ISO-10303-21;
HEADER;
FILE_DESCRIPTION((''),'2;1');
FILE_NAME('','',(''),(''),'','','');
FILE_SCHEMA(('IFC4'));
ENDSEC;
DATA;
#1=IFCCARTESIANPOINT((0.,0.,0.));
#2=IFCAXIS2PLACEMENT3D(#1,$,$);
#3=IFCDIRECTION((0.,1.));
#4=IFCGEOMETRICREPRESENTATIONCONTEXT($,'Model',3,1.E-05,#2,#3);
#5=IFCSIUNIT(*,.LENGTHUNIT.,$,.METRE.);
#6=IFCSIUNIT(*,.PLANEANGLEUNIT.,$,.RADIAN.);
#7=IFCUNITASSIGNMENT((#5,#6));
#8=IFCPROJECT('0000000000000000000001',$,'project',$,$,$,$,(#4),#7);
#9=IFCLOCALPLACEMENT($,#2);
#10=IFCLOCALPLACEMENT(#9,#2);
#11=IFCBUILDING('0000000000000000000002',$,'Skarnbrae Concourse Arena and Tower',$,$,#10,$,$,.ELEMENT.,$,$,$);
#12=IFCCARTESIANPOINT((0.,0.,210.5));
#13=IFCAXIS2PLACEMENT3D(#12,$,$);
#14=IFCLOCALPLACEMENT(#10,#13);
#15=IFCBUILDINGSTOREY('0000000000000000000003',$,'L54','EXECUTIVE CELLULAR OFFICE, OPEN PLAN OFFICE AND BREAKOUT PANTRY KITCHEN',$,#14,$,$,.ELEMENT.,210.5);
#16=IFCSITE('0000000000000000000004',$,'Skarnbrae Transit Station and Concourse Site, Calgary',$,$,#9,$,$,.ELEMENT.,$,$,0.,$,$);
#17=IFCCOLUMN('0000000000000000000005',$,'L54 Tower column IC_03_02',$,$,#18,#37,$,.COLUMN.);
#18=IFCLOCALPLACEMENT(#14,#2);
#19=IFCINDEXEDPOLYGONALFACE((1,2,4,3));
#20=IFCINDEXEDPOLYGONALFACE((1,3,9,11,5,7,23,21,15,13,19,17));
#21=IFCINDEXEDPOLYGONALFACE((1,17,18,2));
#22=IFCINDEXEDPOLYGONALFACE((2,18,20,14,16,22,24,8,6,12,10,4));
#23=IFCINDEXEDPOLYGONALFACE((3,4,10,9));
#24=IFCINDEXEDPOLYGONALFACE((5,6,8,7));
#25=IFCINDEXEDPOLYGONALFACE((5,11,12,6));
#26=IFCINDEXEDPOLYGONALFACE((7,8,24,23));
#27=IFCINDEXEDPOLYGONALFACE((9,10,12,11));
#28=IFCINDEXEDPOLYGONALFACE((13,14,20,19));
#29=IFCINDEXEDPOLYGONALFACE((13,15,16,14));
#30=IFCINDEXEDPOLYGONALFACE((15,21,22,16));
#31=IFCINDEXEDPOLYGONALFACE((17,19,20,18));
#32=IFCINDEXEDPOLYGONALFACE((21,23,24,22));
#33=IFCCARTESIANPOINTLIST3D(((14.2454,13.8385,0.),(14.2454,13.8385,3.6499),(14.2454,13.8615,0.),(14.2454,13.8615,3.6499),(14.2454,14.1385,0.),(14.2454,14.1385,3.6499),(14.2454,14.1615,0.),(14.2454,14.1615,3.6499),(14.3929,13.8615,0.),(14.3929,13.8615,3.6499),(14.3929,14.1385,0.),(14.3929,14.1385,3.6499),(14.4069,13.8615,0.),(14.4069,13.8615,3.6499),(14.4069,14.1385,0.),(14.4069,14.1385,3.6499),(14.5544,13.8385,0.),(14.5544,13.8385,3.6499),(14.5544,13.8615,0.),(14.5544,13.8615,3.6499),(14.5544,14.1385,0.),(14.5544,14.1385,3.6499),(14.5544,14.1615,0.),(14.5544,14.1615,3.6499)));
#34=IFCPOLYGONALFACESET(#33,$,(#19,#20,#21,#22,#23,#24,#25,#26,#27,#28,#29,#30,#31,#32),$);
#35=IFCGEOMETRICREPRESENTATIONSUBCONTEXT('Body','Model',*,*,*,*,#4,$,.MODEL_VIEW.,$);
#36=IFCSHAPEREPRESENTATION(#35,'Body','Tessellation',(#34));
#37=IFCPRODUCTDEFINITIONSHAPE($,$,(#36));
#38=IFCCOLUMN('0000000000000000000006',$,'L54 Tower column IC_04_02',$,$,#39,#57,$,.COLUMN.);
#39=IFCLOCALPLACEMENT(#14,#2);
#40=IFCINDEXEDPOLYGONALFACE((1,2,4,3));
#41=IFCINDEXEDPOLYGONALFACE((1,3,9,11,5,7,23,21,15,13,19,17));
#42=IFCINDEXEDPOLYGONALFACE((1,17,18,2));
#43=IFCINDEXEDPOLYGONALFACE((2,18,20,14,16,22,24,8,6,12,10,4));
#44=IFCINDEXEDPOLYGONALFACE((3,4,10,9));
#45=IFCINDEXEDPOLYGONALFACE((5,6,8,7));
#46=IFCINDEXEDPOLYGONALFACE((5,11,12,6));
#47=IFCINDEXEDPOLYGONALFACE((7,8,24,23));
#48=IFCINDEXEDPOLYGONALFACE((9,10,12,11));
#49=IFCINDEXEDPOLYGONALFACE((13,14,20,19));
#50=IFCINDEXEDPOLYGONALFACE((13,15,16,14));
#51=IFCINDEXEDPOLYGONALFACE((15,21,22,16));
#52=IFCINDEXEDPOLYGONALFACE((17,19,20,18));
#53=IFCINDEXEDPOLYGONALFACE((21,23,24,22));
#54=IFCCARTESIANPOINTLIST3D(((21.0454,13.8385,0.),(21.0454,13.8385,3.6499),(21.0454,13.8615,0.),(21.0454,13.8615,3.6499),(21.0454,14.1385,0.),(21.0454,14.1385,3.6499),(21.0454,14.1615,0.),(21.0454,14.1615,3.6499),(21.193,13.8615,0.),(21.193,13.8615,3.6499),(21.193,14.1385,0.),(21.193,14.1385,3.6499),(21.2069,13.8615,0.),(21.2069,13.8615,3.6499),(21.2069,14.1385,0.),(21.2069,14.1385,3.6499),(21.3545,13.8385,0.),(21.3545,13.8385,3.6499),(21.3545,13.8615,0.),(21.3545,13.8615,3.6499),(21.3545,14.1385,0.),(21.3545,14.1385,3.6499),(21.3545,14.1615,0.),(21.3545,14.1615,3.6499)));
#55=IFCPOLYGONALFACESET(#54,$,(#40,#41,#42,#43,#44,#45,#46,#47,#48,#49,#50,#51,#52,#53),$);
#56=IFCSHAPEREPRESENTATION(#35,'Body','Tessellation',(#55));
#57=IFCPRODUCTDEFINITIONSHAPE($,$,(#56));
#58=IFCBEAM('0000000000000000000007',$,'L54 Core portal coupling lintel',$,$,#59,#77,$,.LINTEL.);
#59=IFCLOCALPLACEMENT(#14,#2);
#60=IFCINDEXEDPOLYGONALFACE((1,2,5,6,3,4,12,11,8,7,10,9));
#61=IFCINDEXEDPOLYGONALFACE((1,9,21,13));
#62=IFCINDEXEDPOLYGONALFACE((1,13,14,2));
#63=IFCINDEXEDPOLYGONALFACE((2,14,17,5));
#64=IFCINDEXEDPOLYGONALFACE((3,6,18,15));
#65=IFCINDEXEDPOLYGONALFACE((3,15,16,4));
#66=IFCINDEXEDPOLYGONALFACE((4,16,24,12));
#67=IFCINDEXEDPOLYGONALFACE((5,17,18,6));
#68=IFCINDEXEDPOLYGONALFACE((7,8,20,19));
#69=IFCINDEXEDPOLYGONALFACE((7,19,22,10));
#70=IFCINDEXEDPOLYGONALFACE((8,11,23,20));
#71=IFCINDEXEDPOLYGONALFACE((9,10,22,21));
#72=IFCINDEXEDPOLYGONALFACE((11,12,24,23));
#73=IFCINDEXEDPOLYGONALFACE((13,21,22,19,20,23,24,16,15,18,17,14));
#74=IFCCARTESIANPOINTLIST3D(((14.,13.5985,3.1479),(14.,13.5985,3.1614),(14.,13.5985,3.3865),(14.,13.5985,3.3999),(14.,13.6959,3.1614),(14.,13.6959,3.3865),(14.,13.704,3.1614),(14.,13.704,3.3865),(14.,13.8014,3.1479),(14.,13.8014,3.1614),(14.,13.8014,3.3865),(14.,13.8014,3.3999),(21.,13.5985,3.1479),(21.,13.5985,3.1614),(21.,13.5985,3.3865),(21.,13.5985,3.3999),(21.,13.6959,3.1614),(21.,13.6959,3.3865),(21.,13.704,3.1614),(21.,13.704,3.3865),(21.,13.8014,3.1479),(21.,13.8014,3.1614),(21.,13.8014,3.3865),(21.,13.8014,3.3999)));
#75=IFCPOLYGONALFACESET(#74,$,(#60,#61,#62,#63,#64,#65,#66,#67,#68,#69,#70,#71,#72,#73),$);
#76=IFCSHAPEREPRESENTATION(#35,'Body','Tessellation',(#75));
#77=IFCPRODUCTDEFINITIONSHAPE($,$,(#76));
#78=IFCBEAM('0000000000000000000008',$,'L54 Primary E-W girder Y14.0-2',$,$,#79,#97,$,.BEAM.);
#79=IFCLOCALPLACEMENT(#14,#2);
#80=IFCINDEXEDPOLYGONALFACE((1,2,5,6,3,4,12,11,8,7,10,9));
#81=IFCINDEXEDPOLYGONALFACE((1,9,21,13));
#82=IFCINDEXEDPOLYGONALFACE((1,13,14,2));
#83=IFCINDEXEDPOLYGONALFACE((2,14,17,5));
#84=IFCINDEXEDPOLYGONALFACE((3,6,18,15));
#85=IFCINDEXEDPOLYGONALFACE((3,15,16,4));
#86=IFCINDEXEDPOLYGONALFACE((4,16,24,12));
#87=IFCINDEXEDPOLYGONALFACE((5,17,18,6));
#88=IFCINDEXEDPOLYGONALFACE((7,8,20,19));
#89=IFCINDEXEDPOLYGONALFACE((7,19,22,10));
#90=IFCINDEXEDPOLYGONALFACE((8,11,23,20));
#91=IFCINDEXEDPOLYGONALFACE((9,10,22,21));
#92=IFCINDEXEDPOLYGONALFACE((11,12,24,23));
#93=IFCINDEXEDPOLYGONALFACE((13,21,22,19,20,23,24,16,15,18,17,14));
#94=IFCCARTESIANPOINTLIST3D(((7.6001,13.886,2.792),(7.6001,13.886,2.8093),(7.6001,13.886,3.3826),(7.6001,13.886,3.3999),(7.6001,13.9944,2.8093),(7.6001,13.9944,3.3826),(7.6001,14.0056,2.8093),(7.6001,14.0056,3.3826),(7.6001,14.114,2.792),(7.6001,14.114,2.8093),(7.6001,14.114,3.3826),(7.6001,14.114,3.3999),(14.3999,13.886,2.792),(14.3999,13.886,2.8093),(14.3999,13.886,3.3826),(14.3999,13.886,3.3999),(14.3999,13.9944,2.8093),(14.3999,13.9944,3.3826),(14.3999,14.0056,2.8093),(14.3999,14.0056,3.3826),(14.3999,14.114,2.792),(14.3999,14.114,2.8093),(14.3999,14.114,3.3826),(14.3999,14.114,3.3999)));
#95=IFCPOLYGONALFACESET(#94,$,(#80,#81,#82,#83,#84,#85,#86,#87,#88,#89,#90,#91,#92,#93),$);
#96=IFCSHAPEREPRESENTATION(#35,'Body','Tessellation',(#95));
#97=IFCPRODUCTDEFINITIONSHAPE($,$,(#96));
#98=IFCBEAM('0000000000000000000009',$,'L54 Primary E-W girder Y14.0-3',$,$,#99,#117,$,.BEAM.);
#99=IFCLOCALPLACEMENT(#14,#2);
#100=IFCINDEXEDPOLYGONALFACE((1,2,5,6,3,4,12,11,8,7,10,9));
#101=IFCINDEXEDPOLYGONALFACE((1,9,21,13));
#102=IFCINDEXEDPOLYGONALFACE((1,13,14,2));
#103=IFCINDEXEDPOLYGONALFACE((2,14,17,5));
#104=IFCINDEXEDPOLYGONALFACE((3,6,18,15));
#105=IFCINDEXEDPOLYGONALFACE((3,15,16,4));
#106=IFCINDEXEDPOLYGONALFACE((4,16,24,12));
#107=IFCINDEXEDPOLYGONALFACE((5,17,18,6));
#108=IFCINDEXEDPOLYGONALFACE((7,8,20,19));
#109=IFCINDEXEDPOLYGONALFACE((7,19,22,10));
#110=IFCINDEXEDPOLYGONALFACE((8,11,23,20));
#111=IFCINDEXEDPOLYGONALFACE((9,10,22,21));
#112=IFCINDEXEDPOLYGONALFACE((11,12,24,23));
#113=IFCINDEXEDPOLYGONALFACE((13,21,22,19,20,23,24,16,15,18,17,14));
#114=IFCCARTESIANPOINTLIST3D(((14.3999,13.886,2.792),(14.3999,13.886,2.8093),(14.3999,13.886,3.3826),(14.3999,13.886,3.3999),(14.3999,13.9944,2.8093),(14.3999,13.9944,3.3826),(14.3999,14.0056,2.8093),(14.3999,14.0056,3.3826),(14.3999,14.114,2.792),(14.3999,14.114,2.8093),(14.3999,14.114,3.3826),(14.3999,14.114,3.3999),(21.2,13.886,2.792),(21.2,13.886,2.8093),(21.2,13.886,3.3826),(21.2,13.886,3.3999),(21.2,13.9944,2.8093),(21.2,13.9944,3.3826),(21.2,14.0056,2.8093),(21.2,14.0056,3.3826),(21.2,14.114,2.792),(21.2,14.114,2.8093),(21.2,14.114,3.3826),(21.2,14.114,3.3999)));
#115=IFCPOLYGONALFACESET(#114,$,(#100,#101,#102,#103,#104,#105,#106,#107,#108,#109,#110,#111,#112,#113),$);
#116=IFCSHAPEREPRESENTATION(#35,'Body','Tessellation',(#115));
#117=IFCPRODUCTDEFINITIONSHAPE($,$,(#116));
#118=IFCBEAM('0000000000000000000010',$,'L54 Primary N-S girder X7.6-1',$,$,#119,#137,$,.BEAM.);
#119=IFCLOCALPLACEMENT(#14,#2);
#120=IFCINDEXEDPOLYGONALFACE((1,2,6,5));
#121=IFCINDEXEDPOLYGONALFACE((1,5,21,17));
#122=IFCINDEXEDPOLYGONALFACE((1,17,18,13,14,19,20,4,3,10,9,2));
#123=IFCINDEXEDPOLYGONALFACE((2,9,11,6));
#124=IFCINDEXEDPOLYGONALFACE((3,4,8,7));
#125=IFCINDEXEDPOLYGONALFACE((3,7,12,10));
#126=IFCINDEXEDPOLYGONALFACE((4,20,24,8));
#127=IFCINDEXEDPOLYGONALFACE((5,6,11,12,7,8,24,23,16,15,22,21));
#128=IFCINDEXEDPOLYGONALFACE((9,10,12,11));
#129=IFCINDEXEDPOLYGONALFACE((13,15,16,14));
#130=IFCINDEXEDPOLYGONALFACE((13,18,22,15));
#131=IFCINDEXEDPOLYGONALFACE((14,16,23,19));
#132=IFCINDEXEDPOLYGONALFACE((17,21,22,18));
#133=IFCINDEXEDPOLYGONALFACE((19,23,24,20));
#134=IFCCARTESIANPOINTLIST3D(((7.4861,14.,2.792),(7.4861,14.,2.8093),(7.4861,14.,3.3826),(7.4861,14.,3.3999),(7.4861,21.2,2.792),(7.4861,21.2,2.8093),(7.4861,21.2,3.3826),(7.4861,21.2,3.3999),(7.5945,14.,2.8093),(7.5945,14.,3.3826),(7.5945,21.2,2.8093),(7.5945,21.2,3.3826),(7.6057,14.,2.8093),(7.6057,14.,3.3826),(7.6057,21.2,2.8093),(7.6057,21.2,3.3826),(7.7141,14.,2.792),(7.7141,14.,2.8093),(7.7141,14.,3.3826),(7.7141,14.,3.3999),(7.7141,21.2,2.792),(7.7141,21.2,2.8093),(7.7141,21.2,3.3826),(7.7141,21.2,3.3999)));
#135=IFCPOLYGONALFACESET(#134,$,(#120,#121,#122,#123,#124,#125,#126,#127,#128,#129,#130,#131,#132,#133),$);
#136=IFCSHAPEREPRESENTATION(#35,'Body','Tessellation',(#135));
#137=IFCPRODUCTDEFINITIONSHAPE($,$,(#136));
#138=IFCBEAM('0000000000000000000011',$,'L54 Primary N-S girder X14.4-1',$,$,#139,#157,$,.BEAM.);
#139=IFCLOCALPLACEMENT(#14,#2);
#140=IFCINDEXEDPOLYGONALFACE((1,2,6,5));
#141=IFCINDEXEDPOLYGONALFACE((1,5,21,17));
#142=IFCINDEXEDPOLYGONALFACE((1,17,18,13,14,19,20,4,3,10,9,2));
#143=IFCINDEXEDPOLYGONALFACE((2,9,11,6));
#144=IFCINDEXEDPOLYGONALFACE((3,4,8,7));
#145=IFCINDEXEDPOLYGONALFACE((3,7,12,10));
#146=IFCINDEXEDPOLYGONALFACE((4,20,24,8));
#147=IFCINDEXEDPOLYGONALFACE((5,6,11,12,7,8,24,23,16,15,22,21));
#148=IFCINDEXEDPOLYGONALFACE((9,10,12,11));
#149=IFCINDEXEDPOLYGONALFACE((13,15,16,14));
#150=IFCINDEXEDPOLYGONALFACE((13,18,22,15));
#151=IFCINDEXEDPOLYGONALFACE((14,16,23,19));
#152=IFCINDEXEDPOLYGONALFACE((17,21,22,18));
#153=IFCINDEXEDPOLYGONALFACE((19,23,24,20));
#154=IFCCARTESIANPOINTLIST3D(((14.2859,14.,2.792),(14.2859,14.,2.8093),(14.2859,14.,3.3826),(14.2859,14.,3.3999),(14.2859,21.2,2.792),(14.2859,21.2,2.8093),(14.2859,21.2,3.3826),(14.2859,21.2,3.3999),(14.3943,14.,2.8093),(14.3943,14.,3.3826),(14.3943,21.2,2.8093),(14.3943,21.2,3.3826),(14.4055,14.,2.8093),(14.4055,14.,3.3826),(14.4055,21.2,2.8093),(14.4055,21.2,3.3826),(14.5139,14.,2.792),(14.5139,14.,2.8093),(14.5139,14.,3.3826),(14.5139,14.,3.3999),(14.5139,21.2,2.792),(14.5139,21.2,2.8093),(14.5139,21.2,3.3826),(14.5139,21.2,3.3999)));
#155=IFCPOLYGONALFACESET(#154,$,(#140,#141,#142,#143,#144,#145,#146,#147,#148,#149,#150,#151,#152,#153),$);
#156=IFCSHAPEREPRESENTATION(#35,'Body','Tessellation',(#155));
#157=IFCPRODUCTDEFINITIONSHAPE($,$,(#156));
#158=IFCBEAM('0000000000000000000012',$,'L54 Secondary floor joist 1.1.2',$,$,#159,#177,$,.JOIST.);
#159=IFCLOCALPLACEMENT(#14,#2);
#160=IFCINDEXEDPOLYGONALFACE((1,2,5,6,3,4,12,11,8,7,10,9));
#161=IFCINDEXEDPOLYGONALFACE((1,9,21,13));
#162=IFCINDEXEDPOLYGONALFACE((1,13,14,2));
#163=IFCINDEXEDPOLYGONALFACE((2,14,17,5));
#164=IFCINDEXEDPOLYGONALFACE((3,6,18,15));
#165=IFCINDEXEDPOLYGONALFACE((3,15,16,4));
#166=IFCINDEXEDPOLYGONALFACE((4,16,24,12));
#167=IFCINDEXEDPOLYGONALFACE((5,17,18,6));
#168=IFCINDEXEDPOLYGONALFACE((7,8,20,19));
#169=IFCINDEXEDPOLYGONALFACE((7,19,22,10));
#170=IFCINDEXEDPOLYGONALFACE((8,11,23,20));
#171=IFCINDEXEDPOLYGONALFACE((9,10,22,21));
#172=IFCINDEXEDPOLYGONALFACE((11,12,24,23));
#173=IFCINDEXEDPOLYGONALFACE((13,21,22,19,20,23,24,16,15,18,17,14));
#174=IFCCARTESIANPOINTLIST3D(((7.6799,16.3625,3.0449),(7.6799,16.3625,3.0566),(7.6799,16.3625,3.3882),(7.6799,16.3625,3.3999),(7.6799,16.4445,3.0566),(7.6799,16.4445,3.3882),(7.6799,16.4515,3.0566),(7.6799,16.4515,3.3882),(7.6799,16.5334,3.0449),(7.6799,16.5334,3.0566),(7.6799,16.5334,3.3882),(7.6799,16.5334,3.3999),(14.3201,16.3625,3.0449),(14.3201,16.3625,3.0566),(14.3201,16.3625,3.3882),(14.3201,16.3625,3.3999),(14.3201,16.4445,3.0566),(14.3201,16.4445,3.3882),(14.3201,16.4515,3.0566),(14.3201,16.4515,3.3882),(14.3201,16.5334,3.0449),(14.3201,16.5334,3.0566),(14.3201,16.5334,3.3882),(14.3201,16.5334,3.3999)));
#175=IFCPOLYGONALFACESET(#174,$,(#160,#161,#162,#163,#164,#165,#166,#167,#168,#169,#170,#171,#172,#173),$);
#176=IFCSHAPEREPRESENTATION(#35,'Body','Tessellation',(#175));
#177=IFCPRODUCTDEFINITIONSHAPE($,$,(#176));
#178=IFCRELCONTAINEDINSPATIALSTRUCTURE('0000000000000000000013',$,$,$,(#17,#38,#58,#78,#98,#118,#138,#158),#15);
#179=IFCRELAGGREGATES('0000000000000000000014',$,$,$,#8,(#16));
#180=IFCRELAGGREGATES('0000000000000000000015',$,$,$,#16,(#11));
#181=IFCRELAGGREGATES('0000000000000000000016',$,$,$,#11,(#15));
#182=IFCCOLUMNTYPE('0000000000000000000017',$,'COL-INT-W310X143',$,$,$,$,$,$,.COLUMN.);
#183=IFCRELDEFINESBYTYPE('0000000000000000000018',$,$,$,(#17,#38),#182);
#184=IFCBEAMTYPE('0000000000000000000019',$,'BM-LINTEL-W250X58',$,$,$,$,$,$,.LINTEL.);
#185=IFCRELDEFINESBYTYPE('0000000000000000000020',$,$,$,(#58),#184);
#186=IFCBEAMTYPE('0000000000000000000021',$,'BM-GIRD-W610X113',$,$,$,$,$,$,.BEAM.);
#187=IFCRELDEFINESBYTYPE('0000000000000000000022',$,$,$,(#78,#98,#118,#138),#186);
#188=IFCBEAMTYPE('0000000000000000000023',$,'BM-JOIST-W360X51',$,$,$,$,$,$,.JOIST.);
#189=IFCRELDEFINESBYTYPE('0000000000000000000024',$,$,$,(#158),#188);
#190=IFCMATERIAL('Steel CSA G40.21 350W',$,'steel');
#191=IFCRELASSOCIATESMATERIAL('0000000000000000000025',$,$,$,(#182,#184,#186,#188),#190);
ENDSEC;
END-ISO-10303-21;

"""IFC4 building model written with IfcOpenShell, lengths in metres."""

from ifc_helpers import new_model, si_unit, direction, frame, origin, origin_2d, place, context, subcontext, project, spatial, i_section, extrude, source, transform, mapped, material, material_profile, profile_set, type_object, element, save


model = new_model("IFC4")

# Units and contexts
model_context = context("Model", 3, precision=1e-05, world=origin(), true_north=direction((0.0, 1.0)))
body_context = subcontext(model_context, "Body", "Model", "MODEL_VIEW")
ifc_project = project(units=[si_unit("LENGTHUNIT", "METRE"), si_unit("PLANEANGLEUNIT", "RADIAN")], contexts=[model_context])

# Site, building, storey
site_placement = place(None, origin())
site = spatial("IfcSite", under=ifc_project, at=site_placement, Name="Skarnbrae Transit Station and Concourse Site, Calgary", CompositionType="ELEMENT", RefElevation=0.0)
building_placement = place(site_placement, origin())
building = spatial("IfcBuilding", under=site, at=building_placement, Name="Skarnbrae Concourse Arena and Tower", CompositionType="ELEMENT")
storey_placement = place(building_placement, frame((0.0, 0.0, 210.5)))
storey = spatial("IfcBuildingStorey", under=building, at=storey_placement, Name="L54", Description="EXECUTIVE CELLULAR OFFICE, OPEN PLAN OFFICE AND BREAKOUT PANTRY KITCHEN", CompositionType="ELEMENT", Elevation=210.5)

# Columns
ifc_material_1 = material(Name="Steel CSA G40.21 350W", Category="steel")
ifc_material_profile_1 = material_profile(ifc_material_1, i_section(OverallWidth=0.3091, OverallDepth=0.323, WebThickness=0.0139, FlangeThickness=0.0229, at=origin_2d()), Name="W310X143")
ifc_profile_set_1 = profile_set([ifc_material_profile_1], Name="Steel CSA G40.21 350W")
column_type = type_object("IfcColumnType", Name="COL-INT-W310X143", PredefinedType="COLUMN", material=ifc_profile_set_1)
shared_shape_1 = source(origin(), body_context, "Body", "SweptSolid", [
    extrude(i_section(OverallWidth=0.3091, OverallDepth=0.323, WebThickness=0.0139, FlangeThickness=0.0229, at=origin_2d()), origin(), (0.0, 0.0, 1.0), 3.6499),
])
for number, where, z_axis, x_axis, name in (
    (1, (14.3999, 14.0, 0.0), (0.0, 0.0, 1.0), (1.0, 0.0, 0.0), "L54 Tower column IC_03_02"),
    (2, (21.2, 14.0, 0.0), (0.0, 0.0, 1.0), (1.0, 0.0, 0.0), "L54 Tower column IC_04_02"),
):
    element("IfcColumn", number, at=place(storey_placement, frame(where, z_axis=z_axis, x_axis=x_axis)), inside=storey, type_object=column_type, Name=name, PredefinedType="COLUMN", context=body_context, shape_type="MappedRepresentation", body=[
        mapped(shared_shape_1, transform((0.0, 0.0, 0.0))),
    ])

# Beams
ifc_material_profile_2 = material_profile(ifc_material_1, i_section(OverallWidth=0.2029, OverallDepth=0.252, WebThickness=0.0081, FlangeThickness=0.0134, at=origin_2d()), Name="W250X58")
ifc_profile_set_2 = profile_set([ifc_material_profile_2], Name="Steel CSA G40.21 350W")
beam_type_1 = type_object("IfcBeamType", Name="BM-LINTEL-W250X58", PredefinedType="LINTEL", material=ifc_profile_set_2)
shared_shape_2 = source(origin(), body_context, "Body", "SweptSolid", [
    extrude(i_section(OverallWidth=0.2029, OverallDepth=0.252, WebThickness=0.0081, FlangeThickness=0.0134, at=origin_2d()), origin(), (0.0, 0.0, 1.0), 7.0),
])
beam_1_placement = place(storey_placement, frame((14.0, 13.7, 3.2739), z_axis=(1.0, 0.0, 0.0), x_axis=(0.0, 1.0, 0.0)))
element("IfcBeam", 3, at=beam_1_placement, inside=storey, type_object=beam_type_1, Name="L54 Core portal coupling lintel", PredefinedType="LINTEL", context=body_context, shape_type="MappedRepresentation", body=[
    mapped(shared_shape_2, transform((0.0, 0.0, 0.0))),
])
ifc_material_profile_3 = material_profile(ifc_material_1, i_section(OverallWidth=0.228, OverallDepth=0.6079, WebThickness=0.0112, FlangeThickness=0.0173, at=origin_2d()), Name="W610X113")
ifc_profile_set_3 = profile_set([ifc_material_profile_3], Name="Steel CSA G40.21 350W")
beam_type_2 = type_object("IfcBeamType", Name="BM-GIRD-W610X113", PredefinedType="BEAM", material=ifc_profile_set_3)
shared_shape_3 = source(origin(), body_context, "Body", "SweptSolid", [
    extrude(i_section(OverallWidth=0.228, OverallDepth=0.6079, WebThickness=0.0112, FlangeThickness=0.0173, at=origin_2d()), origin(), (0.0, 0.0, 1.0), 6.7998),
])
beam_2_placement = place(storey_placement, frame((7.6001, 14.0, 3.0959), z_axis=(1.0, 0.0, 0.0), x_axis=(0.0, 1.0, 0.0)))
element("IfcBeam", 4, at=beam_2_placement, inside=storey, type_object=beam_type_2, Name="L54 Primary E-W girder Y14.0-2", PredefinedType="BEAM", context=body_context, shape_type="MappedRepresentation", body=[
    mapped(shared_shape_3, transform((0.0, 0.0, 0.0))),
])
shared_shape_4 = source(origin(), body_context, "Body", "SweptSolid", [
    extrude(i_section(OverallWidth=0.228, OverallDepth=0.6079, WebThickness=0.0112, FlangeThickness=0.0173, at=origin_2d()), origin(), (0.0, 0.0, 1.0), 6.8),
])
beam_3_placement = place(storey_placement, frame((14.3999, 14.0, 3.0959), z_axis=(1.0, 0.0, 0.0), x_axis=(0.0, 1.0, 0.0)))
element("IfcBeam", 5, at=beam_3_placement, inside=storey, type_object=beam_type_2, Name="L54 Primary E-W girder Y14.0-3", PredefinedType="BEAM", context=body_context, shape_type="MappedRepresentation", body=[
    mapped(shared_shape_4, transform((0.0, 0.0, 0.0))),
])
shared_shape_5 = source(origin(), body_context, "Body", "SweptSolid", [
    extrude(i_section(OverallWidth=0.228, OverallDepth=0.6079, WebThickness=0.0112, FlangeThickness=0.0173, at=origin_2d()), origin(), (0.0, 0.0, 1.0), 7.2),
])
for number, where, z_axis, x_axis, name in (
    (6, (7.6001, 14.0, 3.0959), (0.0, 1.0, 0.0), (-1.0, 0.0, 0.0), "L54 Primary N-S girder X7.6-1"),
    (7, (14.3999, 14.0, 3.0959), (0.0, 1.0, 0.0), (-1.0, 0.0, 0.0), "L54 Primary N-S girder X14.4-1"),
):
    element("IfcBeam", number, at=place(storey_placement, frame(where, z_axis=z_axis, x_axis=x_axis)), inside=storey, type_object=beam_type_2, Name=name, PredefinedType="BEAM", context=body_context, shape_type="MappedRepresentation", body=[
        mapped(shared_shape_5, transform((0.0, 0.0, 0.0))),
    ])
ifc_material_profile_4 = material_profile(ifc_material_1, i_section(OverallWidth=0.1709, OverallDepth=0.355, WebThickness=0.0071, FlangeThickness=0.0117, at=origin_2d()), Name="W360X51")
ifc_profile_set_4 = profile_set([ifc_material_profile_4], Name="Steel CSA G40.21 350W")
beam_type_3 = type_object("IfcBeamType", Name="BM-JOIST-W360X51", PredefinedType="JOIST", material=ifc_profile_set_4)
shared_shape_6 = source(origin(), body_context, "Body", "SweptSolid", [
    extrude(i_section(OverallWidth=0.1709, OverallDepth=0.355, WebThickness=0.0071, FlangeThickness=0.0117, at=origin_2d()), origin(), (0.0, 0.0, 1.0), 6.6401),
])
for number, where, z_axis, x_axis, name in (
    (8, (7.6799, 16.448, 3.2224), (1.0, 0.0, 0.0), (0.0, 1.0, 0.0), "L54 Secondary floor joist 1.1.2"),
):
    element("IfcBeam", number, at=place(storey_placement, frame(where, z_axis=z_axis, x_axis=x_axis)), inside=storey, type_object=beam_type_3, Name=name, PredefinedType="JOIST", context=body_context, shape_type="MappedRepresentation", body=[
        mapped(shared_shape_6, transform((0.0, 0.0, 0.0))),
    ])

save(model, "model.ifc")
